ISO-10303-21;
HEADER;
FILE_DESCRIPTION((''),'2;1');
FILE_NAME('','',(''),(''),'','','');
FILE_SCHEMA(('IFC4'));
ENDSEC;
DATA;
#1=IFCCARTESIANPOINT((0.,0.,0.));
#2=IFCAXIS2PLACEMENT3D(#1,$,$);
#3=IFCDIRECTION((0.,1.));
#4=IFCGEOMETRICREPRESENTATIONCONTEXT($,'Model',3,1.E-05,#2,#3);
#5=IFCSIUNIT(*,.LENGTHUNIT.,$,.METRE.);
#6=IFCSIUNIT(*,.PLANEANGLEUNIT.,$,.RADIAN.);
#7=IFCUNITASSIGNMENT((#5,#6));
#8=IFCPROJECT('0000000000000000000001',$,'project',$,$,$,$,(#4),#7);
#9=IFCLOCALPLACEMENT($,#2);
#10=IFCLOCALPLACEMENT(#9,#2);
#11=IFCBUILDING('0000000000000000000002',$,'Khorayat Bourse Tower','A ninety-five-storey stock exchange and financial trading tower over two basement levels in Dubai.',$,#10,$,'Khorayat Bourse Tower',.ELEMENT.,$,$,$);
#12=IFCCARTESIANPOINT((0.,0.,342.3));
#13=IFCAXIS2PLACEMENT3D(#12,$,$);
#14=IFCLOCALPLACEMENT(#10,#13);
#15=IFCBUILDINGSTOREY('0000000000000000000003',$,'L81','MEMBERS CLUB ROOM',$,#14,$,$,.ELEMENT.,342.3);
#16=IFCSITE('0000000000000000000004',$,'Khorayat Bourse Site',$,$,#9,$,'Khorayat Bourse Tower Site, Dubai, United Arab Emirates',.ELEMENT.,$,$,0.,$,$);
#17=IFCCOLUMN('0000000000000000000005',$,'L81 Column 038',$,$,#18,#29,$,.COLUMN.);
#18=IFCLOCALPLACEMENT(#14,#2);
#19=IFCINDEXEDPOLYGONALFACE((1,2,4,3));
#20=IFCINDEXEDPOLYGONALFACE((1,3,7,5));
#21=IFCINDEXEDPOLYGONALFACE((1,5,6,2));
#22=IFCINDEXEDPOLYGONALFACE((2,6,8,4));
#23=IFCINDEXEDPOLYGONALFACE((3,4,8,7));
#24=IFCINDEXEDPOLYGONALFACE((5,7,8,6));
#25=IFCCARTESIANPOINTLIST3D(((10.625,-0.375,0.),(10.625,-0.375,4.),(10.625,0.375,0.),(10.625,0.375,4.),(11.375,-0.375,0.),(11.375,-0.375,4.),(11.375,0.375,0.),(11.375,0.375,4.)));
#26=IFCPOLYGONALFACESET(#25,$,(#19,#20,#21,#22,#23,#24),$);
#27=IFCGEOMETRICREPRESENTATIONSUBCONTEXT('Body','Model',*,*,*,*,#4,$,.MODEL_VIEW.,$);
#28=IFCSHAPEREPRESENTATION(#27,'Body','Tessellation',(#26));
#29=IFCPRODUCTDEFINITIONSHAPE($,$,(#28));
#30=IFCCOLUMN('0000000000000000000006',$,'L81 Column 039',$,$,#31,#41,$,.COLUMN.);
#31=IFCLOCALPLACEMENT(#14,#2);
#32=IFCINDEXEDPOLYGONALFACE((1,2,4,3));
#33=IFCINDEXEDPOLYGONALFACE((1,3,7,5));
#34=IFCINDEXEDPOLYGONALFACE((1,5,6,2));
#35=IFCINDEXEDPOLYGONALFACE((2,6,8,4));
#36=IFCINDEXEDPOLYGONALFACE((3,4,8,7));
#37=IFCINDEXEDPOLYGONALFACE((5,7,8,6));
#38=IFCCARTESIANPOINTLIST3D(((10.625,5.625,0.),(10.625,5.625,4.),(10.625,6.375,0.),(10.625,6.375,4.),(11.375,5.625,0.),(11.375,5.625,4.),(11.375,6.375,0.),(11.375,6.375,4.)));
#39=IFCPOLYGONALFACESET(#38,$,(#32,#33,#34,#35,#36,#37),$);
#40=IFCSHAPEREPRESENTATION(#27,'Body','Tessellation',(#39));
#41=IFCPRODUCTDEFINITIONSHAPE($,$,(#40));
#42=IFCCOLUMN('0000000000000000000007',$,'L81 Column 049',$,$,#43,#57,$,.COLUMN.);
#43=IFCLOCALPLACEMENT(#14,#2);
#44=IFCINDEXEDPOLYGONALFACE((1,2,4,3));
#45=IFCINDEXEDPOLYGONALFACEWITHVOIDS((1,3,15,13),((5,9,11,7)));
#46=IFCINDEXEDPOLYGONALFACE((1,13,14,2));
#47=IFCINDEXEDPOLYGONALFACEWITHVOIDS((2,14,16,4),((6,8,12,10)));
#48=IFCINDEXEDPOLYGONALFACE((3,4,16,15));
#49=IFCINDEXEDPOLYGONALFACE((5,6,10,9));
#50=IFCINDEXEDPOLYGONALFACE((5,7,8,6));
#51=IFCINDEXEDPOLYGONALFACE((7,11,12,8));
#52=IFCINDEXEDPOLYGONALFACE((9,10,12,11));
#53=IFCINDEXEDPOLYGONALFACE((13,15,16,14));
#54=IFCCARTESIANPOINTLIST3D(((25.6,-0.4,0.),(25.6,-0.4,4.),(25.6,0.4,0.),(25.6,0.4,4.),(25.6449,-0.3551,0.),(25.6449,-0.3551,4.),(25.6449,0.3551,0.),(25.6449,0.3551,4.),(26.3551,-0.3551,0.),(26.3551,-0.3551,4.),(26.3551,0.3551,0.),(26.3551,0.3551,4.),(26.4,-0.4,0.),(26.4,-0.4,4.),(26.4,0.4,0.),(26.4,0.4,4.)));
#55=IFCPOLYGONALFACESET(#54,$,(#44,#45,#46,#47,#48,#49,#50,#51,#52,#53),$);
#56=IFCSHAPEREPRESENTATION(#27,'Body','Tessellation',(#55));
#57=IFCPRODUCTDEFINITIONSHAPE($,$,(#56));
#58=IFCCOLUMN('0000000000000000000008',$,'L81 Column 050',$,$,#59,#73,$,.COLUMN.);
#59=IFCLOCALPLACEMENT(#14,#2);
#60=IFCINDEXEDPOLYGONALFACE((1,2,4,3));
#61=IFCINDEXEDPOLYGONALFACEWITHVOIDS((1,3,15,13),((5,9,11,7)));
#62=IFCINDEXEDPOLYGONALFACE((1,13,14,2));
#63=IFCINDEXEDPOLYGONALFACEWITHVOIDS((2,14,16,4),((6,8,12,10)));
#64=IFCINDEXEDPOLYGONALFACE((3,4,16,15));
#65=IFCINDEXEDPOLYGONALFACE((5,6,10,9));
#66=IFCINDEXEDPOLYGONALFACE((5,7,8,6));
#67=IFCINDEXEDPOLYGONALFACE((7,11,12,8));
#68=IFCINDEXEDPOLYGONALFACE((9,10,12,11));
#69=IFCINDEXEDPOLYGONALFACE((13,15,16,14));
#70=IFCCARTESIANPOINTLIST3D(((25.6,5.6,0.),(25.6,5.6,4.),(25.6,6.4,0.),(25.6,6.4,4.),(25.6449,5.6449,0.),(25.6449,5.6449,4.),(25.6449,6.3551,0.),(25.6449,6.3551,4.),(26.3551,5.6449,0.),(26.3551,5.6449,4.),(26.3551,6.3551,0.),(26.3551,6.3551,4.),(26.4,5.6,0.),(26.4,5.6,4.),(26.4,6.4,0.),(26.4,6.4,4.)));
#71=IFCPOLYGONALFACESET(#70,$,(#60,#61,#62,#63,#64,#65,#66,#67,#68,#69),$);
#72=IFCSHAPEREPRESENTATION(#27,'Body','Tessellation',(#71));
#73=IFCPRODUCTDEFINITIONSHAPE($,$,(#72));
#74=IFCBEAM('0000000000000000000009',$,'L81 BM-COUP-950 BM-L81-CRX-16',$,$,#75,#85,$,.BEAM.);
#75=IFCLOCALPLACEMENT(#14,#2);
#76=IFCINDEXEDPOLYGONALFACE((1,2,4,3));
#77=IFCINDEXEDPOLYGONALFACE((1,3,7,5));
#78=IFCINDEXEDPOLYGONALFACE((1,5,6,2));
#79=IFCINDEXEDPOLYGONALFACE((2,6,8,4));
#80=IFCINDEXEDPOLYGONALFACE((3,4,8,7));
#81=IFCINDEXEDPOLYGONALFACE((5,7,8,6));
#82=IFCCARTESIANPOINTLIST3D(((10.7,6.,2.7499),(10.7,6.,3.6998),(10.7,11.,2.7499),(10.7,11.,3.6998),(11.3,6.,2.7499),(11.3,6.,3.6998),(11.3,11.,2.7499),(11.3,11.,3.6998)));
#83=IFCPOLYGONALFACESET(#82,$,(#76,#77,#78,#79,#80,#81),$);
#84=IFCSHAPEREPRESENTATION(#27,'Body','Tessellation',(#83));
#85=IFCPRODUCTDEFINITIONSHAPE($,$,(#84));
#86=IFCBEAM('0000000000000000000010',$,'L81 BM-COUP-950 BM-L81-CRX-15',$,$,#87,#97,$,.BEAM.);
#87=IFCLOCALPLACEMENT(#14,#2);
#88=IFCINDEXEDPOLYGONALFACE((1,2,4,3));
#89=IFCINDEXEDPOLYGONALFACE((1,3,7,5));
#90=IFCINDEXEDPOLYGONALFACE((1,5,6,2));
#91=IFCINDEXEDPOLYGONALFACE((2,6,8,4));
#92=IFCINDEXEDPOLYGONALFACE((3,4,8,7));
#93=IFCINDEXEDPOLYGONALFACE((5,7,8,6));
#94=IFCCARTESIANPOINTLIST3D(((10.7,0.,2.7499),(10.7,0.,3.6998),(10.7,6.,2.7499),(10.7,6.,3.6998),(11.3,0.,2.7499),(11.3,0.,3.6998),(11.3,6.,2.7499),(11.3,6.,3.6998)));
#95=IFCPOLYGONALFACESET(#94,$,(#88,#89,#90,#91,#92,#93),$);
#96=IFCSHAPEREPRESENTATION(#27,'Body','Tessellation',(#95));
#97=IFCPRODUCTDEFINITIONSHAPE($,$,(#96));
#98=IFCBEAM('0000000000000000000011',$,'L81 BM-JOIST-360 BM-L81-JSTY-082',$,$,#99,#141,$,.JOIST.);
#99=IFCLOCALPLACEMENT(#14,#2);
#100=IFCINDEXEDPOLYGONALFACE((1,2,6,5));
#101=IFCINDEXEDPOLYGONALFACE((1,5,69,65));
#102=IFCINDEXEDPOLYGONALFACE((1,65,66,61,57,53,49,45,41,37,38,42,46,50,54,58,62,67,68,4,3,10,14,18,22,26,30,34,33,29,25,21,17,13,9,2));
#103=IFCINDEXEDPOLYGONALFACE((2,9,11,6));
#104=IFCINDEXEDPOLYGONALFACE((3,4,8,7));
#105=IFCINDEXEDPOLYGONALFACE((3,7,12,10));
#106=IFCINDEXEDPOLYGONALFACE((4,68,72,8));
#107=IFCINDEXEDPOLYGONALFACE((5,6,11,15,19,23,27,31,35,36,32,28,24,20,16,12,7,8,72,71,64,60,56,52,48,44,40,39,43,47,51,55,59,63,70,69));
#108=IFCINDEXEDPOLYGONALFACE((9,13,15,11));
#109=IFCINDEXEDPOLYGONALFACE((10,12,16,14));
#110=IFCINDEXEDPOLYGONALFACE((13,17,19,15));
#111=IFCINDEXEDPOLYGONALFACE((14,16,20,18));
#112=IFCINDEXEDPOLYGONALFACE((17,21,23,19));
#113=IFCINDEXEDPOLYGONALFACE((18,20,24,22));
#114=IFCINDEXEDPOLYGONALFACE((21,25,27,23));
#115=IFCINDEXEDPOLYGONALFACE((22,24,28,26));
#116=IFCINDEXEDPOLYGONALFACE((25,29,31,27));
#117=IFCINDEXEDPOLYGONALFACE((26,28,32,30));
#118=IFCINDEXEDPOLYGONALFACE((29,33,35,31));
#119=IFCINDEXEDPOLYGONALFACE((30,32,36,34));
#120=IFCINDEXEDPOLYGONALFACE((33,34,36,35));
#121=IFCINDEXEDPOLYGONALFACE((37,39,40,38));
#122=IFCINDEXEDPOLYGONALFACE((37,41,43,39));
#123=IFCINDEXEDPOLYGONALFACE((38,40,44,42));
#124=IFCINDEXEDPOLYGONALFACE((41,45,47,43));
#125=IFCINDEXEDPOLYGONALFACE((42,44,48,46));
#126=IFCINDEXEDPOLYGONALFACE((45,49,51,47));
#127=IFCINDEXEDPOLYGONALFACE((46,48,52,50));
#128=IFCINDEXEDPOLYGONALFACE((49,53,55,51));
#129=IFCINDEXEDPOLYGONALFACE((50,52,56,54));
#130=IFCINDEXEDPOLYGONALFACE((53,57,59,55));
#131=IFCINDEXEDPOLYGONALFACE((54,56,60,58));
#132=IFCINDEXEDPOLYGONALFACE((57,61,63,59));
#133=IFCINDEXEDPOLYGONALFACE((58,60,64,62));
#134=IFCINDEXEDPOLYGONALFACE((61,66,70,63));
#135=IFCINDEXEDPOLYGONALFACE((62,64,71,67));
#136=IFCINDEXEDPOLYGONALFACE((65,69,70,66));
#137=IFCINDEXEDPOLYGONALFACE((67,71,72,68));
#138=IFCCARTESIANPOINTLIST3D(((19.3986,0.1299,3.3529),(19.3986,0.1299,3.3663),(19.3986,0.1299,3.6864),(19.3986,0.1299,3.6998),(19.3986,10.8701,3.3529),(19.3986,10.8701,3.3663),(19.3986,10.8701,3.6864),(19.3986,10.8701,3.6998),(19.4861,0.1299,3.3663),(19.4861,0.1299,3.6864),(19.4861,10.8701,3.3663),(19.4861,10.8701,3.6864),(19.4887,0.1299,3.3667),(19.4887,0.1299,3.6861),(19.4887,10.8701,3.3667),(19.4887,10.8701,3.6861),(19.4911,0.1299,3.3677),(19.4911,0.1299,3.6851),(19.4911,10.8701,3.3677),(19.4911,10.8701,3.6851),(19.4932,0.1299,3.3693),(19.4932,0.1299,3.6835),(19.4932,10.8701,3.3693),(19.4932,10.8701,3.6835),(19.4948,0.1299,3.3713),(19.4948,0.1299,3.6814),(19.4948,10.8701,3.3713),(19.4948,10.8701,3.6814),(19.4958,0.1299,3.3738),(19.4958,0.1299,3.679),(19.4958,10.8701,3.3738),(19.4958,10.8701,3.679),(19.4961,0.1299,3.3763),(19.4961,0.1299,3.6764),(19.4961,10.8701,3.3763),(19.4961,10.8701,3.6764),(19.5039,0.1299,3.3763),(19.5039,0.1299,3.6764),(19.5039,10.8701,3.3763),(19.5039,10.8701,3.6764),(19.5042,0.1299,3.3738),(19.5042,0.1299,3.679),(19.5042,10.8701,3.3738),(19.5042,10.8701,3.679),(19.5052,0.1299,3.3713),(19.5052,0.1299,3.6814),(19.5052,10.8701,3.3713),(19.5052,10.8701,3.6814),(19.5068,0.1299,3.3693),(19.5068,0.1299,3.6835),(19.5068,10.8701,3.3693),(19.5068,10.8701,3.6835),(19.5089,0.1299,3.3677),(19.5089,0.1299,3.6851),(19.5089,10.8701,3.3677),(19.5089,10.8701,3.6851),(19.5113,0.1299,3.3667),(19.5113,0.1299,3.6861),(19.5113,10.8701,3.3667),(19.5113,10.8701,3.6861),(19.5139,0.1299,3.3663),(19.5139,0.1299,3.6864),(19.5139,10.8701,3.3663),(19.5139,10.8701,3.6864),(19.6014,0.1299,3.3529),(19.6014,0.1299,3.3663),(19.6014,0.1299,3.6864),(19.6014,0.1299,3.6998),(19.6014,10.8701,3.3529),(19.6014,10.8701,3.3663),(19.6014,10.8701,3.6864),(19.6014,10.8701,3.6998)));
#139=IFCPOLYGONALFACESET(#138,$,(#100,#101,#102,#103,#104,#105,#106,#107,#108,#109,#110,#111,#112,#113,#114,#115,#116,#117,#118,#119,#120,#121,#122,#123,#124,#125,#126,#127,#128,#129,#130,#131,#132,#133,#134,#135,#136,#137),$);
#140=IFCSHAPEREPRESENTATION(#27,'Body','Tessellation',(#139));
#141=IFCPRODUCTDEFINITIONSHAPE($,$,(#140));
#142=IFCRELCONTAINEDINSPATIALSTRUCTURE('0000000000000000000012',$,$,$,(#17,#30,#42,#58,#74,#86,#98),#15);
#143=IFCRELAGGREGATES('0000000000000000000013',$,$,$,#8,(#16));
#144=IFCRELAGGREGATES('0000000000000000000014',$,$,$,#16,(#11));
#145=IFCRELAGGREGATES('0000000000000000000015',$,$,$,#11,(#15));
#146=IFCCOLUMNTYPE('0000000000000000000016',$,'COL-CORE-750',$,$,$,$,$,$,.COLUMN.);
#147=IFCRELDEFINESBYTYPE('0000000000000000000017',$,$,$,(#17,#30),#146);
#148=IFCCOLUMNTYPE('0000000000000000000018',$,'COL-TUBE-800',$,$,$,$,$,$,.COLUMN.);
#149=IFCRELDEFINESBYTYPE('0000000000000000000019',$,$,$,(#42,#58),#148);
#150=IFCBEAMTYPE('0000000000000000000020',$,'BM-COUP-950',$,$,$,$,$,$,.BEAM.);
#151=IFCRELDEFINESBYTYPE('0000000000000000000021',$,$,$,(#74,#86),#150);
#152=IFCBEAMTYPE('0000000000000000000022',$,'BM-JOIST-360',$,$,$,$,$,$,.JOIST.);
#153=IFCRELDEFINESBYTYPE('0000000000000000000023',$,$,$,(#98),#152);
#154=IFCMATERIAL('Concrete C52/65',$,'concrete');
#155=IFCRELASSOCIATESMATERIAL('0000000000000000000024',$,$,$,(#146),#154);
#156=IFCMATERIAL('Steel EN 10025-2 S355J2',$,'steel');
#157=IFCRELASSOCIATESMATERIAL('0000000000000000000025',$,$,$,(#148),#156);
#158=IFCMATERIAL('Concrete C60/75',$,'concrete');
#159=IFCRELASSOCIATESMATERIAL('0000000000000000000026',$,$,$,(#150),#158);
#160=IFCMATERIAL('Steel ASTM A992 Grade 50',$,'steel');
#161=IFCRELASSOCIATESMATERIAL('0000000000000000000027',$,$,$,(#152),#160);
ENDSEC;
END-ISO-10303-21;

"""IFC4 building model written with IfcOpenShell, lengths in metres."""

from ifc_helpers import new_model, si_unit, direction, frame, origin, origin_2d, place, context, subcontext, project, spatial, rectangle, hollow_rectangle, i_section, extrude, source, transform, mapped, material, material_profile, profile_set, type_object, element, save


model = new_model("IFC4")

# Units and contexts
model_context = context("Model", 3, precision=1e-05, world=origin(), true_north=direction((0.0, 1.0)))
body_context = subcontext(model_context, "Body", "Model", "MODEL_VIEW")
ifc_project = project(units=[si_unit("LENGTHUNIT", "METRE"), si_unit("PLANEANGLEUNIT", "RADIAN")], contexts=[model_context])

# Site, building, storey
site_placement = place(None, origin())
site = spatial("IfcSite", under=ifc_project, at=site_placement, Name="Khorayat Bourse Site", LongName="Khorayat Bourse Tower Site, Dubai, United Arab Emirates", CompositionType="ELEMENT", RefElevation=0.0)
building_placement = place(site_placement, origin())
building = spatial("IfcBuilding", under=site, at=building_placement, Name="Khorayat Bourse Tower", Description="A ninety-five-storey stock exchange and financial trading tower over two basement levels in Dubai.", LongName="Khorayat Bourse Tower", CompositionType="ELEMENT")
storey_placement = place(building_placement, frame((0.0, 0.0, 342.3)))
storey = spatial("IfcBuildingStorey", under=building, at=storey_placement, Name="L81", Description="MEMBERS CLUB ROOM", CompositionType="ELEMENT", Elevation=342.3)

# Columns
ifc_material_1 = material(Name="Concrete C52/65", Category="concrete")
ifc_material_profile_1 = material_profile(ifc_material_1, rectangle(XDim=0.75, YDim=0.75, at=origin_2d()), Name="RC 750x750")
ifc_profile_set_1 = profile_set([ifc_material_profile_1], Name="Concrete C52/65")
column_type_1 = type_object("IfcColumnType", Name="COL-CORE-750", PredefinedType="COLUMN", material=ifc_profile_set_1)
shared_shape_1 = source(origin(), body_context, "Body", "SweptSolid", [
    extrude(rectangle(XDim=0.75, YDim=0.75, at=origin_2d()), origin(), (0.0, 0.0, 1.0), 4.0),
])
for number, where, z_axis, x_axis, name in (
    (1, (11.0, 0.0, 0.0), (0.0, 0.0, 1.0), (1.0, 0.0, 0.0), "L81 Column 038"),
    (2, (11.0, 6.0, 0.0), (0.0, 0.0, 1.0), (1.0, 0.0, 0.0), "L81 Column 039"),
):
    element("IfcColumn", number, at=place(storey_placement, frame(where, z_axis=z_axis, x_axis=x_axis)), inside=storey, type_object=column_type_1, Name=name, PredefinedType="COLUMN", context=body_context, shape_type="MappedRepresentation", body=[
        mapped(shared_shape_1, transform((0.0, 0.0, 0.0), scale=1.0)),
    ])
ifc_material_2 = material(Name="Steel EN 10025-2 S355J2", Category="steel")
ifc_material_profile_2 = material_profile(ifc_material_2, hollow_rectangle(XDim=0.8, YDim=0.8, WallThickness=0.0449, at=origin_2d()), Name="BOX 800x800x45")
ifc_profile_set_2 = profile_set([ifc_material_profile_2], Name="Steel EN 10025-2 S355J2")
column_type_2 = type_object("IfcColumnType", Name="COL-TUBE-800", PredefinedType="COLUMN", material=ifc_profile_set_2)
shared_shape_2 = source(origin(), body_context, "Body", "SweptSolid", [
    extrude(hollow_rectangle(XDim=0.8, YDim=0.8, WallThickness=0.0449, at=origin_2d()), origin(), (0.0, 0.0, 1.0), 4.0),
])
for number, where, z_axis, x_axis, name in (
    (3, (26.0, 0.0, 0.0), (0.0, 0.0, 1.0), (1.0, 0.0, 0.0), "L81 Column 049"),
    (4, (26.0, 6.0, 0.0), (0.0, 0.0, 1.0), (1.0, 0.0, 0.0), "L81 Column 050"),
):
    element("IfcColumn", number, at=place(storey_placement, frame(where, z_axis=z_axis, x_axis=x_axis)), inside=storey, type_object=column_type_2, Name=name, PredefinedType="COLUMN", context=body_context, shape_type="MappedRepresentation", body=[
        mapped(shared_shape_2, transform((0.0, 0.0, 0.0), scale=1.0)),
    ])

# Beams
ifc_material_3 = material(Name="Concrete C60/75", Category="concrete")
ifc_material_profile_3 = material_profile(ifc_material_3, rectangle(XDim=0.6001, YDim=0.95, at=origin_2d()), Name="RC 600x950")
ifc_profile_set_3 = profile_set([ifc_material_profile_3], Name="Concrete C60/75")
beam_type_1 = type_object("IfcBeamType", Name="BM-COUP-950", PredefinedType="BEAM", material=ifc_profile_set_3)
shared_shape_3 = source(origin(), body_context, "Body", "SweptSolid", [
    extrude(rectangle(XDim=0.6001, YDim=0.95, at=origin_2d()), origin(), (0.0, 0.0, 1.0), 5.0),
])
beam_1_placement = place(storey_placement, frame((11.0, 6.0, 3.2249), z_axis=(0.0, 1.0, 0.0), x_axis=(-1.0, 0.0, 0.0)))
element("IfcBeam", 5, at=beam_1_placement, inside=storey, type_object=beam_type_1, Name="L81 BM-COUP-950 BM-L81-CRX-16", PredefinedType="BEAM", context=body_context, shape_type="MappedRepresentation", body=[
    mapped(shared_shape_3, transform((0.0, 0.0, 0.0), scale=1.0)),
])
shared_shape_4 = source(origin(), body_context, "Body", "SweptSolid", [
    extrude(rectangle(XDim=0.6001, YDim=0.95, at=origin_2d()), origin(), (0.0, 0.0, 1.0), 6.0),
])
beam_2_placement = place(storey_placement, frame((11.0, 0.0, 3.2249), z_axis=(0.0, 1.0, 0.0), x_axis=(-1.0, 0.0, 0.0)))
element("IfcBeam", 6, at=beam_2_placement, inside=storey, type_object=beam_type_1, Name="L81 BM-COUP-950 BM-L81-CRX-15", PredefinedType="BEAM", context=body_context, shape_type="MappedRepresentation", body=[
    mapped(shared_shape_4, transform((0.0, 0.0, 0.0), scale=1.0)),
])
ifc_material_4 = material(Name="Steel ASTM A992 Grade 50", Category="steel")
ifc_material_profile_4 = material_profile(ifc_material_4, i_section(OverallWidth=0.2029, OverallDepth=0.3469, WebThickness=0.0078, FlangeThickness=0.0134, FilletRadius=0.01, at=origin_2d()), Name="W360X64")
ifc_profile_set_4 = profile_set([ifc_material_profile_4], Name="Steel ASTM A992 Grade 50")
beam_type_2 = type_object("IfcBeamType", Name="BM-JOIST-360", PredefinedType="JOIST", material=ifc_profile_set_4)
shared_shape_5 = source(origin(), body_context, "Body", "SweptSolid", [
    extrude(i_section(OverallWidth=0.2029, OverallDepth=0.3469, WebThickness=0.0078, FlangeThickness=0.0134, FilletRadius=0.01, at=origin_2d()), origin(), (0.0, 0.0, 1.0), 10.7402),
])
beam_3_placement = place(storey_placement, frame((19.5, 0.1299, 3.5264), z_axis=(0.0, 1.0, 0.0), x_axis=(-1.0, 0.0, 0.0)))
element("IfcBeam", 7, at=beam_3_placement, inside=storey, type_object=beam_type_2, Name="L81 BM-JOIST-360 BM-L81-JSTY-082", PredefinedType="JOIST", context=body_context, shape_type="MappedRepresentation", body=[
    mapped(shared_shape_5, transform((0.0, 0.0, 0.0), scale=1.0)),
])

save(model, "model.ifc")
